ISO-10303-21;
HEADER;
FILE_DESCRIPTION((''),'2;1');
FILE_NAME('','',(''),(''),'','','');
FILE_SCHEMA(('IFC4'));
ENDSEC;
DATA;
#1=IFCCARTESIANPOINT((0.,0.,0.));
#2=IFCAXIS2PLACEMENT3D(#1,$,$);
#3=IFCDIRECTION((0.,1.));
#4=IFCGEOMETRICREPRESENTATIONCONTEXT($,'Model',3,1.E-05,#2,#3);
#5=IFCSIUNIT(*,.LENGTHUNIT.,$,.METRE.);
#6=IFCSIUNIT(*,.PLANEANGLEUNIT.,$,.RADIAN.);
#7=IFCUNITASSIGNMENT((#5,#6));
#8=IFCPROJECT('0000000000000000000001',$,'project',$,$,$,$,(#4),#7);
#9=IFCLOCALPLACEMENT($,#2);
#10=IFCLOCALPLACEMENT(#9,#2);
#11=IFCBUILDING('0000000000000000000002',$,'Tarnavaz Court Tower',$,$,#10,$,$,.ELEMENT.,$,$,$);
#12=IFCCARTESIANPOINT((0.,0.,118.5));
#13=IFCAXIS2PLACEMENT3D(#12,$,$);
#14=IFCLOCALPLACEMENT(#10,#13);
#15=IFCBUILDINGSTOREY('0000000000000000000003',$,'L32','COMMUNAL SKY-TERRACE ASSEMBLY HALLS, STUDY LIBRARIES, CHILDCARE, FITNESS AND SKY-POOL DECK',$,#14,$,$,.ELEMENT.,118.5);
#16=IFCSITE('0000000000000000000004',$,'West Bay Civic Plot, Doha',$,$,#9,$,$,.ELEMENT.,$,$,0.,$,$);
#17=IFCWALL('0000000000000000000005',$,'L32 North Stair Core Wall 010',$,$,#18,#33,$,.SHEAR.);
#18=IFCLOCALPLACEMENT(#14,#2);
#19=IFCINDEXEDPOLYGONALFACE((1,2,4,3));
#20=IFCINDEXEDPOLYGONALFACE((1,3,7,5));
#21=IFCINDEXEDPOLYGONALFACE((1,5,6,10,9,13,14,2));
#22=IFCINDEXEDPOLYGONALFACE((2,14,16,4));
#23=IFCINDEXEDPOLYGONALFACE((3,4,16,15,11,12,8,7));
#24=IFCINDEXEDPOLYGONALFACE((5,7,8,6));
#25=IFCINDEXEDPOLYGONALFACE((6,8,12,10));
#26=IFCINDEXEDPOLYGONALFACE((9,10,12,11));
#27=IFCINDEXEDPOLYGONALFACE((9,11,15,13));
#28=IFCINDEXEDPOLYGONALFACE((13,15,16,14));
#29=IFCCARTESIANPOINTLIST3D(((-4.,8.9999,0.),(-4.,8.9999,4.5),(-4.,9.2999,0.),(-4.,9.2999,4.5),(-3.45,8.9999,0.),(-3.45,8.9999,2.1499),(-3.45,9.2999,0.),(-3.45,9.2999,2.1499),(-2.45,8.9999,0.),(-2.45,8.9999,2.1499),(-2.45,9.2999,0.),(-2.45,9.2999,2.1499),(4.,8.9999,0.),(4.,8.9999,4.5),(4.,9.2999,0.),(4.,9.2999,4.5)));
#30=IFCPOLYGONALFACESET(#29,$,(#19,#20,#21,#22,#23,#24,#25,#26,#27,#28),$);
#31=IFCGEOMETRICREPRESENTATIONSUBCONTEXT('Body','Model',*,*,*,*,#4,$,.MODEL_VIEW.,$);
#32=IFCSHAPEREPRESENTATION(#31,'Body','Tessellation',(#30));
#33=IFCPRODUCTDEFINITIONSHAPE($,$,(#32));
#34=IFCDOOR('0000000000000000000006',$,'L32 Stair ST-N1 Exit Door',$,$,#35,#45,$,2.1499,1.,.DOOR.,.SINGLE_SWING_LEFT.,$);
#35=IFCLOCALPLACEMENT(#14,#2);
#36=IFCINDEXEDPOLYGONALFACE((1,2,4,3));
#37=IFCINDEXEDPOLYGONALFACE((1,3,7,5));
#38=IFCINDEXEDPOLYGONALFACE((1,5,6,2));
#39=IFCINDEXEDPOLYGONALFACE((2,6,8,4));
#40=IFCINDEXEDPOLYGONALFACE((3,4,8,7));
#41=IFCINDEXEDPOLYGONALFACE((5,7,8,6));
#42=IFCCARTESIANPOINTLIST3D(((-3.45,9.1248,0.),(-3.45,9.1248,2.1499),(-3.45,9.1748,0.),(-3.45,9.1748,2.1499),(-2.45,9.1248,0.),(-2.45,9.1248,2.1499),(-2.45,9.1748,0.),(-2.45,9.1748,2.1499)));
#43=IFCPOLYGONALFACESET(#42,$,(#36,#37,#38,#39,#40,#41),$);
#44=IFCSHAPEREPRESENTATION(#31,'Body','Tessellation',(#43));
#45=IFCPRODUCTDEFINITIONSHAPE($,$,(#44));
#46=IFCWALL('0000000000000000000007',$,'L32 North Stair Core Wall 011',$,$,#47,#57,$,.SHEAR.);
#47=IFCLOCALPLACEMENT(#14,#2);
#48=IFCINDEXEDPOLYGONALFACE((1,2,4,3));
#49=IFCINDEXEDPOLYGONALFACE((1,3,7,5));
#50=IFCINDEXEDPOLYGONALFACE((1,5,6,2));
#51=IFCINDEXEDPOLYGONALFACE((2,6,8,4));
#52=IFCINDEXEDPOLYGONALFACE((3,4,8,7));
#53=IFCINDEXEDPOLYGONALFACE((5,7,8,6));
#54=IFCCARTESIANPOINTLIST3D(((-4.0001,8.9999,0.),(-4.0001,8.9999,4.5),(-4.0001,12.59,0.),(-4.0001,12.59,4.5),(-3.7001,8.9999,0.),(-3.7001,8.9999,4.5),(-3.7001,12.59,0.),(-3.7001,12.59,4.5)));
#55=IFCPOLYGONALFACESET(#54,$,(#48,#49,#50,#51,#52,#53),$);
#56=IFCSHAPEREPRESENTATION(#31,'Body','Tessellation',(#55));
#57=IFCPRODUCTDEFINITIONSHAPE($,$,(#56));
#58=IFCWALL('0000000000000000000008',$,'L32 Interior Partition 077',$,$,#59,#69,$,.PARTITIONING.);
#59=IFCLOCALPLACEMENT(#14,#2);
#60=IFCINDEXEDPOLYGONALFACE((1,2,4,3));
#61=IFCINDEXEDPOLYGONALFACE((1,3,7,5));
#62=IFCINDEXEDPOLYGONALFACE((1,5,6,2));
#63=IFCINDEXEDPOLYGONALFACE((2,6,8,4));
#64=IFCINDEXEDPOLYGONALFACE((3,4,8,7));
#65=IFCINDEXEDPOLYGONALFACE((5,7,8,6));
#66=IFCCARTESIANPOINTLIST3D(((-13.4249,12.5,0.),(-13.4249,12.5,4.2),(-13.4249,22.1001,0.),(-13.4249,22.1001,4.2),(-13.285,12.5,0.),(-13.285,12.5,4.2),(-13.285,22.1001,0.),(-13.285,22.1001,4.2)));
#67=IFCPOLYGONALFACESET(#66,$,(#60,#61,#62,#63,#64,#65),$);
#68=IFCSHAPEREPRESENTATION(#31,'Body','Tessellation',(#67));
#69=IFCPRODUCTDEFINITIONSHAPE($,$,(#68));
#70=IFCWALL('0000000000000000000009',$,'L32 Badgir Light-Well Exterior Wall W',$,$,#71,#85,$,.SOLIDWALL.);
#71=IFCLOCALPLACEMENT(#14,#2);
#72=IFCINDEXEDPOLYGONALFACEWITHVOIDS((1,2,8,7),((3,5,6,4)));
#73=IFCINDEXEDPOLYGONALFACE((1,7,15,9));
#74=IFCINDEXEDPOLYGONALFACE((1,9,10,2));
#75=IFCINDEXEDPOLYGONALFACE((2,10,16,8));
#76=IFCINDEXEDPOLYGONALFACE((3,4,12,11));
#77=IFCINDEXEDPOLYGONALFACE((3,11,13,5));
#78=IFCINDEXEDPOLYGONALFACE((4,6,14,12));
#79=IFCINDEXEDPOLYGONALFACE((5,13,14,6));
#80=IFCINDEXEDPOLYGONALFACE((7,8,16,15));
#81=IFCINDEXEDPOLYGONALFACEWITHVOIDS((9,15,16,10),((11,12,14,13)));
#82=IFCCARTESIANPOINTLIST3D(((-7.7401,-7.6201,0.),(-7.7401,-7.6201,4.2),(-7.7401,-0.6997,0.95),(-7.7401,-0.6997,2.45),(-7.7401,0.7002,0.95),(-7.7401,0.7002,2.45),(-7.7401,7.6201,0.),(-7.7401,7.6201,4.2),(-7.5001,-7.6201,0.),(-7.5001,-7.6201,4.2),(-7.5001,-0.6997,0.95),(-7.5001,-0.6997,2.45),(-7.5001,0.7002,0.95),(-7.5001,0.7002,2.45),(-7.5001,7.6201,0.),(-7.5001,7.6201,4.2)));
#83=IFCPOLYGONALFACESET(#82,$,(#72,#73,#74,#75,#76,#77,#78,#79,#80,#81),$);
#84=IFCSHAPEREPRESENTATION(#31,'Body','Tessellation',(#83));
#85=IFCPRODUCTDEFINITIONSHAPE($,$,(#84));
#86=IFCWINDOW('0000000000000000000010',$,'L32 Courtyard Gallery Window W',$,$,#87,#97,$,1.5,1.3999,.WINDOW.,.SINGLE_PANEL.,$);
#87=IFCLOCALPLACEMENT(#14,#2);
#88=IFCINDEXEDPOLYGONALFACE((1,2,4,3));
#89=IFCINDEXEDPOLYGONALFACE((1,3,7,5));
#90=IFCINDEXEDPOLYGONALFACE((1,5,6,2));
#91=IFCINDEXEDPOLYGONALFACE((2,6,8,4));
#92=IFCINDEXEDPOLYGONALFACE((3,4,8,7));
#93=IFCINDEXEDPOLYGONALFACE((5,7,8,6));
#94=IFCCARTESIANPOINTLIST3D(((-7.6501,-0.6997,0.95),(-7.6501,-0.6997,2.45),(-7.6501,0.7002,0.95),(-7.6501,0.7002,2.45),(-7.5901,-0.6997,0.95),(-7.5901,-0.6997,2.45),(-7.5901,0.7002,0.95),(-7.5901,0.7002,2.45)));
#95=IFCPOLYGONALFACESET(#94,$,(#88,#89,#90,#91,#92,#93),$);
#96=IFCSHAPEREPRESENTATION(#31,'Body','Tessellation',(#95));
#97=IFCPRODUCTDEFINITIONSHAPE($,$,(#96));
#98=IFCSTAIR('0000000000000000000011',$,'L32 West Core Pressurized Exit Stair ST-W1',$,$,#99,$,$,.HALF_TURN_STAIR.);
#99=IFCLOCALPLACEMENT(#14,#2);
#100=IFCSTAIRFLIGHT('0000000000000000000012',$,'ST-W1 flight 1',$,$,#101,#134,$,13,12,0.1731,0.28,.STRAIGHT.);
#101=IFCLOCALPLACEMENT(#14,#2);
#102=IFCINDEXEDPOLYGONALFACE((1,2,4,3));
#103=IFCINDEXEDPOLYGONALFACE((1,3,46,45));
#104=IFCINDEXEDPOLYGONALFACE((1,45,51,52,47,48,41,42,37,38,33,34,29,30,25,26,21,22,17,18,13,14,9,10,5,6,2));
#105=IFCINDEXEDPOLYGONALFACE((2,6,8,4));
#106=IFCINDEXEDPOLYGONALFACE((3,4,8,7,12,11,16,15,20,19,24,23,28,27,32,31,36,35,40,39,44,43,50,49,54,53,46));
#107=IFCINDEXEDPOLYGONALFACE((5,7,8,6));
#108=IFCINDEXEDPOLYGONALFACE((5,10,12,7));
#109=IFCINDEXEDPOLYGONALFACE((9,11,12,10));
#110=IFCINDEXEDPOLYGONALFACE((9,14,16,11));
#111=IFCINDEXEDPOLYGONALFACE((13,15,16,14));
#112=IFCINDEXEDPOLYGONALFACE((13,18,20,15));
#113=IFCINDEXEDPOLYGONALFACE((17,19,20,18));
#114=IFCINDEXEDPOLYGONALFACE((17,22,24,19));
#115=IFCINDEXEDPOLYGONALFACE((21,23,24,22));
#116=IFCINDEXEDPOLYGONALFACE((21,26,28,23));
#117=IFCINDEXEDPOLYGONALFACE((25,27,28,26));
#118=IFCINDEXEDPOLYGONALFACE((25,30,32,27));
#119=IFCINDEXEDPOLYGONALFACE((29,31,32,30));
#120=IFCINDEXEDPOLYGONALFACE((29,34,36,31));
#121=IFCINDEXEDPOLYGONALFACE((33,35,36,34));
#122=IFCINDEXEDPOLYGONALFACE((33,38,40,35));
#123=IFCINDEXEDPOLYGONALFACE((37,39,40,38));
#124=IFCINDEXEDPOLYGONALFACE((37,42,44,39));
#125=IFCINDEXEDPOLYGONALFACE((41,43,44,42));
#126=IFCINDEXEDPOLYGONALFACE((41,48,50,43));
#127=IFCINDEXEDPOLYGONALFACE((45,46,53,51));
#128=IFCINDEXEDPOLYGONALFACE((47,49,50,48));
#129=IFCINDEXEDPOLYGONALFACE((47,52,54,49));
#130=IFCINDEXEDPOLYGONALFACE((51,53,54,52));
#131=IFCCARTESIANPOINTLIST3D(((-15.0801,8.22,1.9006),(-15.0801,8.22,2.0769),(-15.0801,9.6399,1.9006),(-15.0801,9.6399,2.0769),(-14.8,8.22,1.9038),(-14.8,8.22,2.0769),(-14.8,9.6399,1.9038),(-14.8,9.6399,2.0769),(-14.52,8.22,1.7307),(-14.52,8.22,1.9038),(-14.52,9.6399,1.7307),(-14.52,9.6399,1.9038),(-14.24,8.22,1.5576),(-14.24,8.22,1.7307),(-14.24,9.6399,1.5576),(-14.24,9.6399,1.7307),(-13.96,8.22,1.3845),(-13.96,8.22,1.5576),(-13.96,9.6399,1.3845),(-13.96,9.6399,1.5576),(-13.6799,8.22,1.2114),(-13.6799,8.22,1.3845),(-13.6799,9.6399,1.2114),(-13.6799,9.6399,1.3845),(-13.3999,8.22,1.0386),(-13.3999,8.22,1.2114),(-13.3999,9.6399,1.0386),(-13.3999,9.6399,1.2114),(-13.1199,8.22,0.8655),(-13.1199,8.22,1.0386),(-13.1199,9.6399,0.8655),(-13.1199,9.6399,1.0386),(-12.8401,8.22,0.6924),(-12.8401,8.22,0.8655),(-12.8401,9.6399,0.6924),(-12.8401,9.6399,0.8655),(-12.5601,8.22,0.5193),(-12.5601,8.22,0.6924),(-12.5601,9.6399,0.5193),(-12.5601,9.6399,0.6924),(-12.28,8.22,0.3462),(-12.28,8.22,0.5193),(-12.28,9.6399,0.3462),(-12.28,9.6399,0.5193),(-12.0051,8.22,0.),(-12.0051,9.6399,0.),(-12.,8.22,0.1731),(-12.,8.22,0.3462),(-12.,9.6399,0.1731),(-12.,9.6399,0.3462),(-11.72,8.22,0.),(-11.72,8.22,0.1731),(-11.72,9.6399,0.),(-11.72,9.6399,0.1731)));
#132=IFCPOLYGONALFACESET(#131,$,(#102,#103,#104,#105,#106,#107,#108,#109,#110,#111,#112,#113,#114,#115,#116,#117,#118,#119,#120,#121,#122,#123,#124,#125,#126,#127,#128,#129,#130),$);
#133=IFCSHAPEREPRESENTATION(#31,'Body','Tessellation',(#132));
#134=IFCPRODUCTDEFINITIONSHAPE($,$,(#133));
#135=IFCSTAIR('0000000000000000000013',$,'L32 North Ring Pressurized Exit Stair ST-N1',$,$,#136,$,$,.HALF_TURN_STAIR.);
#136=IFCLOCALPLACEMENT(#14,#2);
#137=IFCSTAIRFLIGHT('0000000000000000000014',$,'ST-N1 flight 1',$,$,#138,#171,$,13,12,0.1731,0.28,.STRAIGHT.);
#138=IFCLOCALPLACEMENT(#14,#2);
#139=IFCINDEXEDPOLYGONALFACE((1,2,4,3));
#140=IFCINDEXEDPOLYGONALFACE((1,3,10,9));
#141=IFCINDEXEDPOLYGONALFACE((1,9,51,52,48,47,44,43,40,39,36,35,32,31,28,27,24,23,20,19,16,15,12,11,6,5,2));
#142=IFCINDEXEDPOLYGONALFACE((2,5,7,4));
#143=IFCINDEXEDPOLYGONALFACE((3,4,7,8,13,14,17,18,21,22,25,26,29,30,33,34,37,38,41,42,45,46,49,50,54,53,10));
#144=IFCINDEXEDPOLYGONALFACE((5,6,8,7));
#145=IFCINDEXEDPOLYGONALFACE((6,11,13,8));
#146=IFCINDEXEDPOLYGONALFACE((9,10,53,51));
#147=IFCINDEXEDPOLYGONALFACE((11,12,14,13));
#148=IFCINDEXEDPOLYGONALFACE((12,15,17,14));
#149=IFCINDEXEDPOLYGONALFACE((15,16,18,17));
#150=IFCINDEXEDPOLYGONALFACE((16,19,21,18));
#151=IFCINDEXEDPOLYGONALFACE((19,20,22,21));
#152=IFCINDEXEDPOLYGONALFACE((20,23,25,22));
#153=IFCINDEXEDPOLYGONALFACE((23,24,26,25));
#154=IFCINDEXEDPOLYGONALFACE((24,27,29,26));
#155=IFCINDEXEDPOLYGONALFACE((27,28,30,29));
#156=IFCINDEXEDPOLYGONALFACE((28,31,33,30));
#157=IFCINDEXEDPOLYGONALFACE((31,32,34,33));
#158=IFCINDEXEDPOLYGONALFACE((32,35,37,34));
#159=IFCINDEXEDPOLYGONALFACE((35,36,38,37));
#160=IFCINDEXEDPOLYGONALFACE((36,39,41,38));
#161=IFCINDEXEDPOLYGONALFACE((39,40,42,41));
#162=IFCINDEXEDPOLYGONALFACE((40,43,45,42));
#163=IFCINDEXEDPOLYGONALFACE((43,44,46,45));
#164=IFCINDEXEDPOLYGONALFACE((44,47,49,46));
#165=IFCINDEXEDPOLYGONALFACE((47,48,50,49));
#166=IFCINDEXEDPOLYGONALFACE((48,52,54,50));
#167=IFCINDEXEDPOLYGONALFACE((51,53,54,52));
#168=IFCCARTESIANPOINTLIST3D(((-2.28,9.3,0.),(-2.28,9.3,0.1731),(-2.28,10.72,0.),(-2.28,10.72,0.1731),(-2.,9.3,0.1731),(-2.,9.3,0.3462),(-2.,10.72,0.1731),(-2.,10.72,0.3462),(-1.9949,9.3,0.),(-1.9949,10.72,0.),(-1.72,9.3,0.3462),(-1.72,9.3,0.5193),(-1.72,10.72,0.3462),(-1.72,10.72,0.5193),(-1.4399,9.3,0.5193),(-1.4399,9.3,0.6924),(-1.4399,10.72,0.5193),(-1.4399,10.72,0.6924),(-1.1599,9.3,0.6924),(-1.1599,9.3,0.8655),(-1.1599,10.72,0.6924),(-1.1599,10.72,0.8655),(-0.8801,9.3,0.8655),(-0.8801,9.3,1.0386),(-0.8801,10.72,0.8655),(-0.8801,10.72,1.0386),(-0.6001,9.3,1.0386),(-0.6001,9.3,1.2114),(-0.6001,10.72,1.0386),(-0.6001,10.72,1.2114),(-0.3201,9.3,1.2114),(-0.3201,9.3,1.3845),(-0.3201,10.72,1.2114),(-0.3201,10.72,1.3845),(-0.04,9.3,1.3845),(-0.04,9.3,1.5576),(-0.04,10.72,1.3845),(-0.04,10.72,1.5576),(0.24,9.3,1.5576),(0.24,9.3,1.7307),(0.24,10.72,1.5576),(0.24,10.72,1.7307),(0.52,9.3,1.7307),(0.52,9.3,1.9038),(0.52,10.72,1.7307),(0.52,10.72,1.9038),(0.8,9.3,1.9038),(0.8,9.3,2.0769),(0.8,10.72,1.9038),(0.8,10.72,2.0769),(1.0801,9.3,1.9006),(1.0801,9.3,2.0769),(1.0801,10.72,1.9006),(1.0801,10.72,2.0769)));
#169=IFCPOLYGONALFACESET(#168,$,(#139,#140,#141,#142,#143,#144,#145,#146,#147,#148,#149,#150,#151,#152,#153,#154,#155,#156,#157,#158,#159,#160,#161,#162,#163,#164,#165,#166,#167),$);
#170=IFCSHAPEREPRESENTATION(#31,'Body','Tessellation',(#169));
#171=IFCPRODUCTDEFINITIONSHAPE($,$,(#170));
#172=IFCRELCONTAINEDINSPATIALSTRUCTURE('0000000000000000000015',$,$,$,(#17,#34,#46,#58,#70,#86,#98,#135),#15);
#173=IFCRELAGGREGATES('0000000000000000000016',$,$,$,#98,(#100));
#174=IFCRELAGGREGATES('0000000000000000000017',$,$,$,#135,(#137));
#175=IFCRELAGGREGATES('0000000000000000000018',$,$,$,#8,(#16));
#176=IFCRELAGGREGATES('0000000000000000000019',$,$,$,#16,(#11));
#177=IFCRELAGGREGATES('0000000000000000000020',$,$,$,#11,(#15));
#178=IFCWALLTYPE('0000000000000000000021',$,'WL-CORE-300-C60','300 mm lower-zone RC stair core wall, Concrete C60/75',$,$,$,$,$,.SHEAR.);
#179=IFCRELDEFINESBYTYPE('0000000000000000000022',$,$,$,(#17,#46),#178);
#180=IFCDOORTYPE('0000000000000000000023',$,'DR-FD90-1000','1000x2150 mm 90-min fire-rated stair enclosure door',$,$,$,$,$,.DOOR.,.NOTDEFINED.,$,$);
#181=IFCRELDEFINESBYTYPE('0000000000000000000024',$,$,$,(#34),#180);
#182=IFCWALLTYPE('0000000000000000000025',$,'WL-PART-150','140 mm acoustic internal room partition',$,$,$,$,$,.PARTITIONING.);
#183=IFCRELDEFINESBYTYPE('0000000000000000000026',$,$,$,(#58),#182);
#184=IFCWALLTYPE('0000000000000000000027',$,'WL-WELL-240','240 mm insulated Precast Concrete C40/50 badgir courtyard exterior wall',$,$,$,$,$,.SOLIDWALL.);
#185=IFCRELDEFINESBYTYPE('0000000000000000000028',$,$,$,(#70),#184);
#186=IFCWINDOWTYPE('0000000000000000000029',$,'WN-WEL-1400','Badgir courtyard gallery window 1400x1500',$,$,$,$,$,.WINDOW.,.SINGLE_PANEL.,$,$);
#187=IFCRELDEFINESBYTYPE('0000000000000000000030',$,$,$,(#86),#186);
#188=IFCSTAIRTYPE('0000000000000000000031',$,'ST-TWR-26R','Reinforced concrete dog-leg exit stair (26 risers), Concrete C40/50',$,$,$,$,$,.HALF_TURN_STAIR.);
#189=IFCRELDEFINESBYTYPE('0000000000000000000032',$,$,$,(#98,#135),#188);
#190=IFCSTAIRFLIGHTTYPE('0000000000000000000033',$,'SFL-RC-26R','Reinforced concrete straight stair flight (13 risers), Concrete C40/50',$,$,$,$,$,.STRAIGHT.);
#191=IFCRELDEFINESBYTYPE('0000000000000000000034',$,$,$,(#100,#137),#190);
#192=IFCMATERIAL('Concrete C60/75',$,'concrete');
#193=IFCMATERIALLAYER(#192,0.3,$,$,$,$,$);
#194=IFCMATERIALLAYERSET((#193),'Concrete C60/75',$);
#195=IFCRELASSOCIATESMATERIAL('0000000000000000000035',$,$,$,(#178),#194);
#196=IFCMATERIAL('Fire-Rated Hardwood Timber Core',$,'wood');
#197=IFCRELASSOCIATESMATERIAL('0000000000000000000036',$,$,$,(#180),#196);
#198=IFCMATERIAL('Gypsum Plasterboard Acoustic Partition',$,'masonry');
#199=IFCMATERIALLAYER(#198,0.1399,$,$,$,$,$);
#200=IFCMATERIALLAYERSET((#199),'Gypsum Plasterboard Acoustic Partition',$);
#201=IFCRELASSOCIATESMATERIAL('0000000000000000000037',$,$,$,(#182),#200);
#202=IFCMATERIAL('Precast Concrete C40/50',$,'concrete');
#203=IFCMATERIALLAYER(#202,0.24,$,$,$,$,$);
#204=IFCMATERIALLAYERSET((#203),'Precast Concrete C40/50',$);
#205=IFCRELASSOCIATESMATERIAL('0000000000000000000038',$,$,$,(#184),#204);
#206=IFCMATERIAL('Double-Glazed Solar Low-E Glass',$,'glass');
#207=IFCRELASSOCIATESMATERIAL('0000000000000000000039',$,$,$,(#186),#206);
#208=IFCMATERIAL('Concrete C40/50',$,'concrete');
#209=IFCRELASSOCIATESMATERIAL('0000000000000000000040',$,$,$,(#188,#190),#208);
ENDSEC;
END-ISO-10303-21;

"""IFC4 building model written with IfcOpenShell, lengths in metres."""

from ifc_helpers import new_model, si_unit, direction, frame, frame_2d, origin, place, context, subcontext, project, spatial, polyline, rectangle, outline, extrude, material, layer, layer_set, type_object, element, fill, aggregate, save


model = new_model("IFC4")

# Units and contexts
model_context = context("Model", 3, precision=1e-05, world=origin(), true_north=direction((0.0, 1.0)))
body_context = subcontext(model_context, "Body", "Model", "MODEL_VIEW")
ifc_project = project(units=[si_unit("LENGTHUNIT", "METRE"), si_unit("PLANEANGLEUNIT", "RADIAN")], contexts=[model_context])

# Site, building, storey
site_placement = place(None, origin())
site = spatial("IfcSite", under=ifc_project, at=site_placement, Name="West Bay Civic Plot, Doha", CompositionType="ELEMENT", RefElevation=0.0)
building_placement = place(site_placement, origin())
building = spatial("IfcBuilding", under=site, at=building_placement, Name="Tarnavaz Court Tower", CompositionType="ELEMENT")
storey_placement = place(building_placement, frame((0.0, 0.0, 118.5)))
storey = spatial("IfcBuildingStorey", under=building, at=storey_placement, Name="L32", Description="COMMUNAL SKY-TERRACE ASSEMBLY HALLS, STUDY LIBRARIES, CHILDCARE, FITNESS AND SKY-POOL DECK", CompositionType="ELEMENT", Elevation=118.5)

# Shared definitions
ifc_material_1 = material(Name="Concrete C60/75", Category="concrete")

# Shared definitions
ifc_material_2 = material(Name="Double-Glazed Solar Low-E Glass", Category="glass")

# Shared definitions
ifc_layer_1 = layer(ifc_material_1, 0.3)
ifc_layer_set_1 = layer_set([ifc_layer_1], Name="Concrete C60/75")
wall_type_1 = type_object("IfcWallType", Name="WL-CORE-300-C60", Description="300 mm lower-zone RC stair core wall, Concrete C60/75", PredefinedType="SHEAR", material=ifc_layer_set_1)

# Wall, opening, door
wall_1_placement = place(storey_placement, frame((-4.0, 9.1499, 0.0), z_axis=(0.0, 0.0, 1.0), x_axis=(1.0, 0.0, 0.0)))
wall_1 = element("IfcWall", 1, at=wall_1_placement, inside=storey, type_object=wall_type_1, Name="L32 North Stair Core Wall 010", PredefinedType="SHEAR", context=body_context, shape_type="SweptSolid", body=[
    extrude(rectangle(XDim=8.0, YDim=0.3, at=frame_2d((4.0, 0.0))), origin(), (0.0, 0.0, 1.0), 4.5),
])
opening_1_placement = place(wall_1_placement, frame((0.55, 0.0, 0.0)))
opening_1 = element("IfcOpeningElement", 2, at=opening_1_placement, cuts=wall_1, PredefinedType="OPENING", context=body_context, shape_type="SweptSolid", body=[
    extrude(rectangle(XDim=1.0, YDim=2.1499, at=frame_2d((0.5, 1.075))), frame((0.0, 0.1599, 0.0), z_axis=(0.0, -1.0, 0.0), x_axis=(1.0, 0.0, 0.0)), (0.0, 0.0, 1.0), 0.3201),
])
ifc_material_3 = material(Name="Fire-Rated Hardwood Timber Core", Category="wood")
door_type_1 = type_object("IfcDoorType", Name="DR-FD90-1000", Description="1000x2150 mm 90-min fire-rated stair enclosure door", OperationType="NOTDEFINED", PredefinedType="DOOR", material=ifc_material_3)
door_1_placement = place(opening_1_placement, origin())
door_1 = element("IfcDoor", 3, at=door_1_placement, inside=storey, type_object=door_type_1, Name="L32 Stair ST-N1 Exit Door", OperationType="SINGLE_SWING_LEFT", OverallHeight=2.1499, OverallWidth=1.0, PredefinedType="DOOR", context=body_context, shape_type="SweptSolid", body=[
    extrude(rectangle(XDim=1.0, YDim=2.1499, at=frame_2d((0.5, 1.075))), frame((0.0, 0.0249, 0.0), z_axis=(0.0, -1.0, 0.0), x_axis=(1.0, 0.0, 0.0)), (0.0, 0.0, 1.0), 0.05),
])
fill(opening_1, door_1)

# Wall
wall_2_placement = place(storey_placement, frame((-3.8501, 9.0, 0.0), z_axis=(0.0, 0.0, 1.0), x_axis=(0.0, 1.0, 0.0)))
element("IfcWall", 4, at=wall_2_placement, inside=storey, type_object=wall_type_1, Name="L32 North Stair Core Wall 011", PredefinedType="SHEAR", context=body_context, shape_type="SweptSolid", body=[
    extrude(rectangle(XDim=3.5901, YDim=0.3, at=frame_2d((1.7949, 0.0))), origin(), (0.0, 0.0, 1.0), 4.5),
])

# Wall
ifc_material_4 = material(Name="Gypsum Plasterboard Acoustic Partition", Category="masonry")
ifc_layer_2 = layer(ifc_material_4, 0.1399)
ifc_layer_set_2 = layer_set([ifc_layer_2], Name="Gypsum Plasterboard Acoustic Partition")
wall_type_2 = type_object("IfcWallType", Name="WL-PART-150", Description="140 mm acoustic internal room partition", PredefinedType="PARTITIONING", material=ifc_layer_set_2)
wall_3_placement = place(storey_placement, frame((-13.355, 12.5, 0.0), z_axis=(0.0, 0.0, 1.0), x_axis=(0.0, 1.0, 0.0)))
element("IfcWall", 5, at=wall_3_placement, inside=storey, type_object=wall_type_2, Name="L32 Interior Partition 077", PredefinedType="PARTITIONING", context=body_context, shape_type="SweptSolid", body=[
    extrude(rectangle(XDim=9.6001, YDim=0.1399, at=frame_2d((4.8, 0.0))), origin(), (0.0, 0.0, 1.0), 4.2),
])

# Wall, opening, window
ifc_material_5 = material(Name="Precast Concrete C40/50", Category="concrete")
ifc_layer_3 = layer(ifc_material_5, 0.24)
ifc_layer_set_3 = layer_set([ifc_layer_3], Name="Precast Concrete C40/50")
wall_type_3 = type_object("IfcWallType", Name="WL-WELL-240", Description="240 mm insulated Precast Concrete C40/50 badgir courtyard exterior wall", PredefinedType="SOLIDWALL", material=ifc_layer_set_3)
wall_4_placement = place(storey_placement, frame((-7.6201, 7.6201, 0.0), z_axis=(0.0, 0.0, 1.0), x_axis=(0.0, -1.0, 0.0)))
wall_4 = element("IfcWall", 6, at=wall_4_placement, inside=storey, type_object=wall_type_3, Name="L32 Badgir Light-Well Exterior Wall W", PredefinedType="SOLIDWALL", context=body_context, shape_type="SweptSolid", body=[
    extrude(rectangle(XDim=15.2402, YDim=0.24, at=frame_2d((7.6201, 0.0))), origin(), (0.0, 0.0, 1.0), 4.2),
])
opening_2_placement = place(wall_4_placement, frame((6.9199, 0.0, 0.95)))
opening_2 = element("IfcOpeningElement", 7, at=opening_2_placement, cuts=wall_4, PredefinedType="OPENING", context=body_context, shape_type="SweptSolid", body=[
    extrude(rectangle(XDim=1.3999, YDim=1.5, at=frame_2d((0.7, 0.75))), frame((0.0, 0.1299, 0.0), z_axis=(0.0, -1.0, 0.0), x_axis=(1.0, 0.0, 0.0)), (0.0, 0.0, 1.0), 0.26),
])
window_type = type_object("IfcWindowType", Name="WN-WEL-1400", Description="Badgir courtyard gallery window 1400x1500", PartitioningType="SINGLE_PANEL", PredefinedType="WINDOW", material=ifc_material_2)
window_placement = place(opening_2_placement, origin())
window = element("IfcWindow", 8, at=window_placement, inside=storey, type_object=window_type, Name="L32 Courtyard Gallery Window W", OverallHeight=1.5, OverallWidth=1.3999, PartitioningType="SINGLE_PANEL", PredefinedType="WINDOW", context=body_context, shape_type="SweptSolid", body=[
    extrude(rectangle(XDim=1.3999, YDim=1.5, at=frame_2d((0.7, 0.75))), frame((0.0, 0.03, 0.0), z_axis=(0.0, -1.0, 0.0), x_axis=(1.0, 0.0, 0.0)), (0.0, 0.0, 1.0), 0.0601),
])
fill(opening_2, window)

# Stairs, stair flights
ifc_material_6 = material(Name="Concrete C40/50", Category="concrete")
stair_type = type_object("IfcStairType", Name="ST-TWR-26R", Description="Reinforced concrete dog-leg exit stair (26 risers), Concrete C40/50", PredefinedType="HALF_TURN_STAIR", material=ifc_material_6)
stair_1_placement = place(storey_placement, origin())
stair_1 = element("IfcStair", 9, at=stair_1_placement, inside=storey, type_object=stair_type, Name="L32 West Core Pressurized Exit Stair ST-W1", PredefinedType="HALF_TURN_STAIR")
stair_flight_type = type_object("IfcStairFlightType", Name="SFL-RC-26R", Description="Reinforced concrete straight stair flight (13 risers), Concrete C40/50", PredefinedType="STRAIGHT", material=ifc_material_6)
stair_flight_1_placement = place(storey_placement, frame((-11.72, 8.9299, 0.0), z_axis=(0.0, 0.0, 1.0), x_axis=(-1.0, 0.0, 0.0)))
stair_flight_1 = element("IfcStairFlight", 10, at=stair_flight_1_placement, type_object=stair_flight_type, Name="ST-W1 flight 1", NumberOfRisers=13, NumberOfTreads=12, PredefinedType="STRAIGHT", RiserHeight=0.1731, TreadLength=0.28, context=body_context, shape_type="SweptSolid", body=[
    extrude(outline(polyline([(0.0, 0.0), (0.0, 0.1731), (0.28, 0.1731), (0.28, 0.3462), (0.5601, 0.3462), (0.5601, 0.5193), (0.8401, 0.5193), (0.8401, 0.6924), (1.1201, 0.6924), (1.1201, 0.8655), (1.3999, 0.8655), (1.3999, 1.0386), (1.6799, 1.0386), (1.6799, 1.2114), (1.96, 1.2114), (1.96, 1.3845), (2.24, 1.3845), (2.24, 1.5576), (2.52, 1.5576), (2.52, 1.7307), (2.8, 1.7307), (2.8, 1.9038), (3.0801, 1.9038), (3.0801, 2.0769), (3.3601, 2.0769), (3.3601, 2.25), (3.3601, 1.9006), (0.2852, 0.0), (0.0, 0.0)])), frame((0.0, 0.71, 0.0), z_axis=(0.0, -1.0, 0.0), x_axis=(1.0, 0.0, 0.0)), (0.0, 0.0, 1.0), 1.4199),
])
aggregate(stair_1, [stair_flight_1])
stair_2_placement = place(storey_placement, origin())
stair_2 = element("IfcStair", 11, at=stair_2_placement, inside=storey, type_object=stair_type, Name="L32 North Ring Pressurized Exit Stair ST-N1", PredefinedType="HALF_TURN_STAIR")
stair_flight_2_placement = place(storey_placement, frame((-2.28, 10.01, 0.0), z_axis=(0.0, 0.0, 1.0), x_axis=(1.0, 0.0, 0.0)))
stair_flight_2 = element("IfcStairFlight", 12, at=stair_flight_2_placement, type_object=stair_flight_type, Name="ST-N1 flight 1", NumberOfRisers=13, NumberOfTreads=12, PredefinedType="STRAIGHT", RiserHeight=0.1731, TreadLength=0.28, context=body_context, shape_type="SweptSolid", body=[
    extrude(outline(polyline([(0.0, 0.0), (0.0, 0.1731), (0.28, 0.1731), (0.28, 0.3462), (0.5601, 0.3462), (0.5601, 0.5193), (0.8401, 0.5193), (0.8401, 0.6924), (1.1201, 0.6924), (1.1201, 0.8655), (1.3999, 0.8655), (1.3999, 1.0386), (1.6799, 1.0386), (1.6799, 1.2114), (1.96, 1.2114), (1.96, 1.3845), (2.24, 1.3845), (2.24, 1.5576), (2.52, 1.5576), (2.52, 1.7307), (2.8, 1.7307), (2.8, 1.9038), (3.0801, 1.9038), (3.0801, 2.0769), (3.3601, 2.0769), (3.3601, 2.25), (3.3601, 1.9006), (0.2852, 0.0), (0.0, 0.0)])), frame((0.0, 0.71, 0.0), z_axis=(0.0, -1.0, 0.0), x_axis=(1.0, 0.0, 0.0)), (0.0, 0.0, 1.0), 1.4199),
])
aggregate(stair_2, [stair_flight_2])

save(model, "model.ifc")
